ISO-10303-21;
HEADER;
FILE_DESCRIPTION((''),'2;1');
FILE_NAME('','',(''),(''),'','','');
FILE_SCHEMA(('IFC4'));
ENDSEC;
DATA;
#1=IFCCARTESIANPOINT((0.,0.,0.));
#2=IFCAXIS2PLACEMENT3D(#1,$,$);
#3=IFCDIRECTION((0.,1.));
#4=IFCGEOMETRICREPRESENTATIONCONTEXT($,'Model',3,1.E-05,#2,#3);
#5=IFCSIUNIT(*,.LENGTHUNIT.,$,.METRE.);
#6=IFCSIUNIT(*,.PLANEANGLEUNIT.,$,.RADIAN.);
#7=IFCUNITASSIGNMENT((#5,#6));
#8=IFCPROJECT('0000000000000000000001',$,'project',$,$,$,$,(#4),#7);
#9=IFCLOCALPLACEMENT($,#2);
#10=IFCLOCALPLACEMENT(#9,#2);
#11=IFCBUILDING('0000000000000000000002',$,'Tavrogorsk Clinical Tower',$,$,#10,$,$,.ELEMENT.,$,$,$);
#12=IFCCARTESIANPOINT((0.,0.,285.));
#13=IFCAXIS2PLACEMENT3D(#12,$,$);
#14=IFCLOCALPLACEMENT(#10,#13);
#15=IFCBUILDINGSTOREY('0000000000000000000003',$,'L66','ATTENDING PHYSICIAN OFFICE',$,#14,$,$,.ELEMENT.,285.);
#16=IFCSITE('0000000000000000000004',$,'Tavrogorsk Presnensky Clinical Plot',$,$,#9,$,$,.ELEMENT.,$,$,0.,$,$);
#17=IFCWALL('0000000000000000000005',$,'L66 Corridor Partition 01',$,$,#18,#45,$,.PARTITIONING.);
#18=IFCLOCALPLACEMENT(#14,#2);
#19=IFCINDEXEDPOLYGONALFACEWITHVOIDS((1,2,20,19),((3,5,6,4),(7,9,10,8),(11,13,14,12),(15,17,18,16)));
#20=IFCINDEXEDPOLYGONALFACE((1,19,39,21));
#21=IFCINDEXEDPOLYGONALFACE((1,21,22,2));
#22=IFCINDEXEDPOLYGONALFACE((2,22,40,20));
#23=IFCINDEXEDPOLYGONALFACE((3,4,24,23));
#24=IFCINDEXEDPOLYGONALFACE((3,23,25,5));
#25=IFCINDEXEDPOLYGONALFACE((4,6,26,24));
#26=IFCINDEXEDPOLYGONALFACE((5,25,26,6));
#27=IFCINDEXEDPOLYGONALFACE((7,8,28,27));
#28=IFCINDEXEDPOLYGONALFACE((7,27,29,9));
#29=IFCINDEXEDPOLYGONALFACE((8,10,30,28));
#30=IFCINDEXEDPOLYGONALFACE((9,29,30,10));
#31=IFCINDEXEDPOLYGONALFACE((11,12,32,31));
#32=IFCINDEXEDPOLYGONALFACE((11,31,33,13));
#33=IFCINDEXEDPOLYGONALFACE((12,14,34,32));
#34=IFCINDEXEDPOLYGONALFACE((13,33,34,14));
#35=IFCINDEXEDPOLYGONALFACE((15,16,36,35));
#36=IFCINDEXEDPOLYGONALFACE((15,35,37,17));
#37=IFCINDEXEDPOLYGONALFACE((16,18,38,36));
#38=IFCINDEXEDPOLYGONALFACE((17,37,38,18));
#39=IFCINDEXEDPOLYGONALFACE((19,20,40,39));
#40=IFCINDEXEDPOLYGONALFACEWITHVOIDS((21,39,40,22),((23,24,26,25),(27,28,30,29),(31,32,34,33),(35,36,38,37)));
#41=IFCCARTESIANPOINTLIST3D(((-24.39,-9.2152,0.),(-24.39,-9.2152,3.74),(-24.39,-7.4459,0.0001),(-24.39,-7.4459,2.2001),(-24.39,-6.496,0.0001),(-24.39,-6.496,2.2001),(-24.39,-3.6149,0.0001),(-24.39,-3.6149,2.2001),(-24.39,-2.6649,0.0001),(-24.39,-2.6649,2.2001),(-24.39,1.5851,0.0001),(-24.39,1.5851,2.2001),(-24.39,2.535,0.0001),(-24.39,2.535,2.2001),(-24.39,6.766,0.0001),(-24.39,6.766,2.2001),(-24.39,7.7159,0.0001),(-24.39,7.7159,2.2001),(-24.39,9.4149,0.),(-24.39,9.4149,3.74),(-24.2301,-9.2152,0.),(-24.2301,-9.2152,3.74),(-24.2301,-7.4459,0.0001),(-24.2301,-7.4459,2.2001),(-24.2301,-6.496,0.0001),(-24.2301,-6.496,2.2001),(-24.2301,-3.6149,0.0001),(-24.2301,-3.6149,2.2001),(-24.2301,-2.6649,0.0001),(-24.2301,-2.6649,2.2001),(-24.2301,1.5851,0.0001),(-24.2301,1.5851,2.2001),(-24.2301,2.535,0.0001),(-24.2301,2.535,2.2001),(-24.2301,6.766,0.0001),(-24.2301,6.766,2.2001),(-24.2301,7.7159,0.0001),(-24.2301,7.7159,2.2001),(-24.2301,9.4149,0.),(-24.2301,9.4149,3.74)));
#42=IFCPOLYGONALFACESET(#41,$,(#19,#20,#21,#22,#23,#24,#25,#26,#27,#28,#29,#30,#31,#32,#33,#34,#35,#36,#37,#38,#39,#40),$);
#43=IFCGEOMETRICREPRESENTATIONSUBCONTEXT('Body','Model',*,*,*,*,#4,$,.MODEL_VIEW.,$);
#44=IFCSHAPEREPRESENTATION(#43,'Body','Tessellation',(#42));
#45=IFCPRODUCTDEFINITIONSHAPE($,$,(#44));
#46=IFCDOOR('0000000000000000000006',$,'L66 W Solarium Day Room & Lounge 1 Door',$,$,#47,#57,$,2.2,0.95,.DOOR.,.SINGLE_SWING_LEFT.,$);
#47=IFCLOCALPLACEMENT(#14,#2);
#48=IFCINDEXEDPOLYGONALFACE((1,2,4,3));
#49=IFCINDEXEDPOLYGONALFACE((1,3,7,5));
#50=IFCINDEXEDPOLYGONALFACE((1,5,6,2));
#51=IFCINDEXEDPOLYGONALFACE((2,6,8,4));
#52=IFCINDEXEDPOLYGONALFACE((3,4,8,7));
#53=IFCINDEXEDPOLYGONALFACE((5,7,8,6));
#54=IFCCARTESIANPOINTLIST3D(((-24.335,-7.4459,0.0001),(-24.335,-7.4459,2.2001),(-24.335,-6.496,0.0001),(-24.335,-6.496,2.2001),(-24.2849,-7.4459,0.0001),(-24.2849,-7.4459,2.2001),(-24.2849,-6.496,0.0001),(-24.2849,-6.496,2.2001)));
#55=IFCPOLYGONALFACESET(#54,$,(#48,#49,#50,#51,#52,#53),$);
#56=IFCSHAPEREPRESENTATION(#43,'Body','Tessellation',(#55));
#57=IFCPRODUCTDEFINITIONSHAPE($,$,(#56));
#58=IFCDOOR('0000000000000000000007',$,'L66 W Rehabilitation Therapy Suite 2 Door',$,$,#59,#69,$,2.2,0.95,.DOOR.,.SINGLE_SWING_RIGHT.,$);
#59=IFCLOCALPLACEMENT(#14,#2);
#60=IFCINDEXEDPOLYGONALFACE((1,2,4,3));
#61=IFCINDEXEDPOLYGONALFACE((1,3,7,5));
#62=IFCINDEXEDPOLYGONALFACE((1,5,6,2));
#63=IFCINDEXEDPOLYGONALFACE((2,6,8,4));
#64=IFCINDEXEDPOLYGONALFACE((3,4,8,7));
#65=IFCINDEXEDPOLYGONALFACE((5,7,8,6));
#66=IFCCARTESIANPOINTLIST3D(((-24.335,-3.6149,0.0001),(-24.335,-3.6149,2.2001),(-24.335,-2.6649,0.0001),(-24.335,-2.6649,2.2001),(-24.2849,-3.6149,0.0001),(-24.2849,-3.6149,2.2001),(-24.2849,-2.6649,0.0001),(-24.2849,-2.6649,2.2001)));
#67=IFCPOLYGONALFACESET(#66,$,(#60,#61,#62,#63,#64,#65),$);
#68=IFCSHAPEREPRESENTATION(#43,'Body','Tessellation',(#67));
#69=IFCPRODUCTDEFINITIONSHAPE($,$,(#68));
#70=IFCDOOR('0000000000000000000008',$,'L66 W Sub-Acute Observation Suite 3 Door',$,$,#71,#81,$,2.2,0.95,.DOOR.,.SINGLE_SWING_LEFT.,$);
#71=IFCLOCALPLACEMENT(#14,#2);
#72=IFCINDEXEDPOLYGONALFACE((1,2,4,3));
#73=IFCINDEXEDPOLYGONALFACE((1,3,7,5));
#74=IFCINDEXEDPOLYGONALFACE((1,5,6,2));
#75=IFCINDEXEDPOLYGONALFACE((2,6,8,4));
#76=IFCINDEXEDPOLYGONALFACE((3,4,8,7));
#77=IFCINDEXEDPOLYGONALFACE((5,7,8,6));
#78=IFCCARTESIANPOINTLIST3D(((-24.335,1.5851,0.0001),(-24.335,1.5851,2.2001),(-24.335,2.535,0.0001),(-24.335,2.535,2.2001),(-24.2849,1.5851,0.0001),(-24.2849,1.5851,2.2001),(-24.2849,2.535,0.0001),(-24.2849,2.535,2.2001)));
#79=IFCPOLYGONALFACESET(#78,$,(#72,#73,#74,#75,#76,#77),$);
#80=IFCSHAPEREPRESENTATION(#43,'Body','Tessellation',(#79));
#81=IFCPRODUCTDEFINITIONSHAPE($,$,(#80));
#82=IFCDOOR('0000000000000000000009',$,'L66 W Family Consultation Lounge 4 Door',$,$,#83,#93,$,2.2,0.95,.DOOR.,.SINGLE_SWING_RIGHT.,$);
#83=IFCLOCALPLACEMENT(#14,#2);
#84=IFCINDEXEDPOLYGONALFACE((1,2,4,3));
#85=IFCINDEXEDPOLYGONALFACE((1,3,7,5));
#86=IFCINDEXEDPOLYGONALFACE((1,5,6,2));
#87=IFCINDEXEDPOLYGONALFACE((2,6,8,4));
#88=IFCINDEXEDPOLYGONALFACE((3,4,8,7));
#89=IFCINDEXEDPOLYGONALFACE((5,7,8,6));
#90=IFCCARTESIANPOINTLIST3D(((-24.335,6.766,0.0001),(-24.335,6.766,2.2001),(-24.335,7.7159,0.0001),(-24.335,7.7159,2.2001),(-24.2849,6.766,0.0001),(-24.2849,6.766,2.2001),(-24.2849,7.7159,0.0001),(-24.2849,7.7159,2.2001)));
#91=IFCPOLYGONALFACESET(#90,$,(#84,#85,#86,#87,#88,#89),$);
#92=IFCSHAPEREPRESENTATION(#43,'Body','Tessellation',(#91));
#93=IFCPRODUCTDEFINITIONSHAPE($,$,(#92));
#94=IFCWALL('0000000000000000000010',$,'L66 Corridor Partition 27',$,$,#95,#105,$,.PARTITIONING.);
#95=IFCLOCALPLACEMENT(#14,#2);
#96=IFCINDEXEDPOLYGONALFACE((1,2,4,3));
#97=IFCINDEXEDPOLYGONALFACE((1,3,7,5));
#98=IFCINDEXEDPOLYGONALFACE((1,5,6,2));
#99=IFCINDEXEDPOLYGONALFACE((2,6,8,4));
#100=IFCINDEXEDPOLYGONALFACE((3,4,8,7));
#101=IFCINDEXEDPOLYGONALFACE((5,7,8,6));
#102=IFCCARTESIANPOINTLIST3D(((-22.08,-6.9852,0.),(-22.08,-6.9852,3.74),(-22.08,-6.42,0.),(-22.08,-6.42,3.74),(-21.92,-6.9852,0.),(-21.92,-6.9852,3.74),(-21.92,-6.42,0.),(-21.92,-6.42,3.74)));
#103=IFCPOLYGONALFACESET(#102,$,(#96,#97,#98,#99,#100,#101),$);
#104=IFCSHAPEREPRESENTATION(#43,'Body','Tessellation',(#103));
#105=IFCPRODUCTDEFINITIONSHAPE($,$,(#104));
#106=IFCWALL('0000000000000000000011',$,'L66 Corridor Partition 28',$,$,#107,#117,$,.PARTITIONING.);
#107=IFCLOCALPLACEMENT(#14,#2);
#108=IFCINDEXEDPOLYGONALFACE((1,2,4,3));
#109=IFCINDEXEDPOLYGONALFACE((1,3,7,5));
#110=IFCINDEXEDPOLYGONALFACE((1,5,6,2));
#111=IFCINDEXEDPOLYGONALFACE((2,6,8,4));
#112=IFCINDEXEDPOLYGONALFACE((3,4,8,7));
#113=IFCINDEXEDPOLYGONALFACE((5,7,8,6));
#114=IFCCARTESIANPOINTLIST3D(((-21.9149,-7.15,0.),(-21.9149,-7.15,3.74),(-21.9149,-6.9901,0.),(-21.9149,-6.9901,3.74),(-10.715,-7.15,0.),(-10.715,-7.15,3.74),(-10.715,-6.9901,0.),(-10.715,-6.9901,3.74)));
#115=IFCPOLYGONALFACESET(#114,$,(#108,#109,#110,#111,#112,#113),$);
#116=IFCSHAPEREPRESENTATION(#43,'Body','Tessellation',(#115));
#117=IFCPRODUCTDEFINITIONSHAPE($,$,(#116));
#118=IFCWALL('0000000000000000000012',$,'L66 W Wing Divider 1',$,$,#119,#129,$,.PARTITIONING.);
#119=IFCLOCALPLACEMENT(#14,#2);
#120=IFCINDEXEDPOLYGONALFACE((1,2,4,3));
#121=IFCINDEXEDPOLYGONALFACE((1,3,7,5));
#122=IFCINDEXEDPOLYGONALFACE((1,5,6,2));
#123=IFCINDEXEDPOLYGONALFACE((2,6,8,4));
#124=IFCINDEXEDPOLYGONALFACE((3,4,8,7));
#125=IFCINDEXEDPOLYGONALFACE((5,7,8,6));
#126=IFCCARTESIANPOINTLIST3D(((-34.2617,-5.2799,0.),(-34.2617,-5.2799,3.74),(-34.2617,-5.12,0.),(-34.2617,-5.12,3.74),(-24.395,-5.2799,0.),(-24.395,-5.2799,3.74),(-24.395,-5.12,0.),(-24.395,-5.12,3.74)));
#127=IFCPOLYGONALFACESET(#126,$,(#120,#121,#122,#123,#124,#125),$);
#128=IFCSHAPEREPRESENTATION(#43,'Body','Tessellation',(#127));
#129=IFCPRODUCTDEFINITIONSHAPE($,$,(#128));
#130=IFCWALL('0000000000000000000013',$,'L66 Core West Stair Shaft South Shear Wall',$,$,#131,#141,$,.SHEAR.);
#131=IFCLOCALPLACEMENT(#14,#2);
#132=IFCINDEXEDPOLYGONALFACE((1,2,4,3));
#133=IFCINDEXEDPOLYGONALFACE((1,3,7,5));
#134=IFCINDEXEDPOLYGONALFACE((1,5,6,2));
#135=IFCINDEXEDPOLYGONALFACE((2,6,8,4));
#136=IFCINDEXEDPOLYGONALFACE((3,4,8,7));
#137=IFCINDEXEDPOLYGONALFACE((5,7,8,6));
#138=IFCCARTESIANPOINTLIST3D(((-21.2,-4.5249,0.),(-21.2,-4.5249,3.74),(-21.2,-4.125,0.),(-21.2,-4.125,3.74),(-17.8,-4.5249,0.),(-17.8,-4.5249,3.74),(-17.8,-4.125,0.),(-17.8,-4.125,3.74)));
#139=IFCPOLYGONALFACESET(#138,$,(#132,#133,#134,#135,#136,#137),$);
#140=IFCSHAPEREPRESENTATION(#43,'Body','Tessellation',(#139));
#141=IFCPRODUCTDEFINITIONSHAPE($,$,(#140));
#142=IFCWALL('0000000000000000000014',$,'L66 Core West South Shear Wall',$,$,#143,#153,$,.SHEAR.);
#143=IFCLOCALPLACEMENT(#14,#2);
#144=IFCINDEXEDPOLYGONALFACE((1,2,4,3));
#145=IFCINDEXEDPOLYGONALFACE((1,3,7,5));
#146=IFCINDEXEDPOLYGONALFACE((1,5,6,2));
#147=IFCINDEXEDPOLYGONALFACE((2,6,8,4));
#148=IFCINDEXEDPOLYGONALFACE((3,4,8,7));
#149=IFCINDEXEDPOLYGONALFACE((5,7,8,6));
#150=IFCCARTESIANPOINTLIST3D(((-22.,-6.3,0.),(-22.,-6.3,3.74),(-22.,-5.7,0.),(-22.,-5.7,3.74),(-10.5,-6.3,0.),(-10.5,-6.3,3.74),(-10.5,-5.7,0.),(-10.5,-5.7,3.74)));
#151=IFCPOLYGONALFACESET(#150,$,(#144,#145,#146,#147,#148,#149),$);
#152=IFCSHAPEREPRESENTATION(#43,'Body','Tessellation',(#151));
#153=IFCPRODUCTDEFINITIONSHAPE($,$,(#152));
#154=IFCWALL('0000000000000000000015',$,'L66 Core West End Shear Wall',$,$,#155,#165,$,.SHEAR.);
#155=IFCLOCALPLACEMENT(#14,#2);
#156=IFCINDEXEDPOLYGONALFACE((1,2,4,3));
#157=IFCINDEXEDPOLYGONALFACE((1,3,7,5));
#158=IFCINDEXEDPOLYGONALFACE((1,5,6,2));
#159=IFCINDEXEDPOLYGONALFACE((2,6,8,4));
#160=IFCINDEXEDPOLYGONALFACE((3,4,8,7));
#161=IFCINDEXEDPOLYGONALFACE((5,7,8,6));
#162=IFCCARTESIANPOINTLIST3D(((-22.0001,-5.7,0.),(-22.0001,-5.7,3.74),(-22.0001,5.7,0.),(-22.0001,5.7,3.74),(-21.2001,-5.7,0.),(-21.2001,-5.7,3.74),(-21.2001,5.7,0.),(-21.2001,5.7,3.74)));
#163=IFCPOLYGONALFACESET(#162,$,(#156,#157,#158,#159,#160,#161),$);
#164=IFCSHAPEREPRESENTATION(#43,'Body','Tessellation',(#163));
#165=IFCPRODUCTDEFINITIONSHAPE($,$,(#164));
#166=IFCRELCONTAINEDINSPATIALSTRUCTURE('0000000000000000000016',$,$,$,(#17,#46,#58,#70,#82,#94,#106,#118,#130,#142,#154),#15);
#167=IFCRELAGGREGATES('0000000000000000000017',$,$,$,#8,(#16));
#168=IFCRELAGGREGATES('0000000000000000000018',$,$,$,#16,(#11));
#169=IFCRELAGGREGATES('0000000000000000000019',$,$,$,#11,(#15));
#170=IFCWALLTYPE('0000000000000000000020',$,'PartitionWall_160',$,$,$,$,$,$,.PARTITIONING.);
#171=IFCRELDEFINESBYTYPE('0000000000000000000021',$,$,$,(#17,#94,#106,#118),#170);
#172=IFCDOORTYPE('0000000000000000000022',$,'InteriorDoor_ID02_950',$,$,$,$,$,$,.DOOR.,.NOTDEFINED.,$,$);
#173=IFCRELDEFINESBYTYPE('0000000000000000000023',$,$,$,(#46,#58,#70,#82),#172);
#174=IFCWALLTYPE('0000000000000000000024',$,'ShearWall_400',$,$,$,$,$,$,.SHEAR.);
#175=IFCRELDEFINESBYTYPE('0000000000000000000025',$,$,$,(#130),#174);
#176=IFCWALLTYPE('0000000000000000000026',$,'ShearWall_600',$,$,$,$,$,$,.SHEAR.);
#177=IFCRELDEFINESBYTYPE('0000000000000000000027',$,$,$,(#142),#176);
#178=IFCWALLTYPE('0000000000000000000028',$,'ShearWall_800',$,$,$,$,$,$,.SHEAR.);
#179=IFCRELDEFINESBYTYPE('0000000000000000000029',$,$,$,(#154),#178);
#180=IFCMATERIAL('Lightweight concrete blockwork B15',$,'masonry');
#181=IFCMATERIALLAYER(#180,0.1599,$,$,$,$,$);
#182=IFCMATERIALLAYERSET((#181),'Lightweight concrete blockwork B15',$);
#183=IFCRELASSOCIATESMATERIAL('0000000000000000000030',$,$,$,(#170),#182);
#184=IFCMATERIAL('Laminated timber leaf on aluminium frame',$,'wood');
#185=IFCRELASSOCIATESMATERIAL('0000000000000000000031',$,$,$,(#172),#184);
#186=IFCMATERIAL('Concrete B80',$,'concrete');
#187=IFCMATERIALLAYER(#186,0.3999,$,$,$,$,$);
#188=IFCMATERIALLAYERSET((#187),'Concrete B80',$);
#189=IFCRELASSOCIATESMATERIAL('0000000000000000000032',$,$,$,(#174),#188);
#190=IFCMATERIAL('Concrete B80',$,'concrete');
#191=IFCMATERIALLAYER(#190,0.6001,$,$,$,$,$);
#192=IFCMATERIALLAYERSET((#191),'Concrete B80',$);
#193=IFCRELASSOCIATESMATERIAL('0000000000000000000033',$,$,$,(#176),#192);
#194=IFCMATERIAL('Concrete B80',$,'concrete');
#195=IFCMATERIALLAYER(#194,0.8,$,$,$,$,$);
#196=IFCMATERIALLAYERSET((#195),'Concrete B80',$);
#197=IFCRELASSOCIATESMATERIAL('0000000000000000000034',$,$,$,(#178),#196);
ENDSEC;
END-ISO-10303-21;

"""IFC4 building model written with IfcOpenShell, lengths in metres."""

from ifc_helpers import new_model, si_unit, direction, frame, frame_2d, origin, place, context, subcontext, project, spatial, rectangle, extrude, material, layer, layer_set, type_object, element, fill, save


model = new_model("IFC4")

# Units and contexts
model_context = context("Model", 3, precision=1e-05, world=origin(), true_north=direction((0.0, 1.0)))
body_context = subcontext(model_context, "Body", "Model", "MODEL_VIEW")
ifc_project = project(units=[si_unit("LENGTHUNIT", "METRE"), si_unit("PLANEANGLEUNIT", "RADIAN")], contexts=[model_context])

# Site, building, storey
site_placement = place(None, origin())
site = spatial("IfcSite", under=ifc_project, at=site_placement, Name="Tavrogorsk Presnensky Clinical Plot", CompositionType="ELEMENT", RefElevation=0.0)
building_placement = place(site_placement, origin())
building = spatial("IfcBuilding", under=site, at=building_placement, Name="Tavrogorsk Clinical Tower", CompositionType="ELEMENT")
storey_placement = place(building_placement, frame((0.0, 0.0, 285.0)))
storey = spatial("IfcBuildingStorey", under=building, at=storey_placement, Name="L66", Description="ATTENDING PHYSICIAN OFFICE", CompositionType="ELEMENT", Elevation=285.0)

# Wall, openings, doors
ifc_material_1 = material(Name="Lightweight concrete blockwork B15", Category="masonry")
ifc_layer_1 = layer(ifc_material_1, 0.1599)
ifc_layer_set_1 = layer_set([ifc_layer_1], Name="Lightweight concrete blockwork B15")
wall_type_1 = type_object("IfcWallType", Name="PartitionWall_160", PredefinedType="PARTITIONING", material=ifc_layer_set_1)
wall_1_placement = place(storey_placement, frame((-24.3101, -9.2151, 0.0), z_axis=(0.0, 0.0, 1.0), x_axis=(0.0, 1.0, 0.0)))
wall_1 = element("IfcWall", 1, at=wall_1_placement, inside=storey, type_object=wall_type_1, Name="L66 Corridor Partition 01", PredefinedType="PARTITIONING", context=body_context, shape_type="SweptSolid", body=[
    extrude(rectangle(XDim=18.6301, YDim=0.1599, at=frame_2d((9.3149, 0.0))), origin(), (0.0, 0.0, 1.0), 3.74),
])
opening_1_placement = place(wall_1_placement, frame((1.769, 0.0, 0.0)))
opening_1 = element("IfcOpeningElement", 2, at=opening_1_placement, cuts=wall_1, PredefinedType="OPENING", context=body_context, shape_type="SweptSolid", body=[
    extrude(rectangle(XDim=0.95, YDim=2.2, at=frame_2d((0.4751, 1.1001))), frame((0.0, 0.0898, 0.0), z_axis=(0.0, -1.0, 0.0), x_axis=(1.0, 0.0, 0.0)), (0.0, 0.0, 1.0), 0.1799),
])
opening_2_placement = place(wall_1_placement, frame((5.6001, 0.0, 0.0)))
opening_2 = element("IfcOpeningElement", 3, at=opening_2_placement, cuts=wall_1, PredefinedType="OPENING", context=body_context, shape_type="SweptSolid", body=[
    extrude(rectangle(XDim=0.95, YDim=2.2, at=frame_2d((0.4751, 1.1001))), frame((0.0, 0.0898, 0.0), z_axis=(0.0, -1.0, 0.0), x_axis=(1.0, 0.0, 0.0)), (0.0, 0.0, 1.0), 0.1799),
])
opening_3_placement = place(wall_1_placement, frame((10.8, 0.0, 0.0)))
opening_3 = element("IfcOpeningElement", 4, at=opening_3_placement, cuts=wall_1, PredefinedType="OPENING", context=body_context, shape_type="SweptSolid", body=[
    extrude(rectangle(XDim=0.95, YDim=2.2, at=frame_2d((0.4751, 1.1001))), frame((0.0, 0.0898, 0.0), z_axis=(0.0, -1.0, 0.0), x_axis=(1.0, 0.0, 0.0)), (0.0, 0.0, 1.0), 0.1799),
])
opening_4_placement = place(wall_1_placement, frame((15.981, 0.0, 0.0)))
opening_4 = element("IfcOpeningElement", 5, at=opening_4_placement, cuts=wall_1, PredefinedType="OPENING", context=body_context, shape_type="SweptSolid", body=[
    extrude(rectangle(XDim=0.95, YDim=2.2, at=frame_2d((0.4751, 1.1001))), frame((0.0, 0.0898, 0.0), z_axis=(0.0, -1.0, 0.0), x_axis=(1.0, 0.0, 0.0)), (0.0, 0.0, 1.0), 0.1799),
])
ifc_material_2 = material(Name="Laminated timber leaf on aluminium frame", Category="wood")
door_type = type_object("IfcDoorType", Name="InteriorDoor_ID02_950", OperationType="NOTDEFINED", PredefinedType="DOOR", material=ifc_material_2)
door_1_placement = place(opening_1_placement, origin())
door_1 = element("IfcDoor", 6, at=door_1_placement, inside=storey, type_object=door_type, Name="L66 W Solarium Day Room & Lounge 1 Door", OperationType="SINGLE_SWING_LEFT", OverallHeight=2.2, OverallWidth=0.95, PredefinedType="DOOR", context=body_context, shape_type="SweptSolid", body=[
    extrude(rectangle(XDim=0.95, YDim=2.2, at=frame_2d((0.4751, 1.1001))), frame((0.0, 0.0249, 0.0), z_axis=(0.0, -1.0, 0.0), x_axis=(1.0, 0.0, 0.0)), (0.0, 0.0, 1.0), 0.05),
])
fill(opening_1, door_1)
door_2_placement = place(opening_2_placement, origin())
door_2 = element("IfcDoor", 7, at=door_2_placement, inside=storey, type_object=door_type, Name="L66 W Rehabilitation Therapy Suite 2 Door", OperationType="SINGLE_SWING_RIGHT", OverallHeight=2.2, OverallWidth=0.95, PredefinedType="DOOR", context=body_context, shape_type="SweptSolid", body=[
    extrude(rectangle(XDim=0.95, YDim=2.2, at=frame_2d((0.4751, 1.1001))), frame((0.0, 0.0249, 0.0), z_axis=(0.0, -1.0, 0.0), x_axis=(1.0, 0.0, 0.0)), (0.0, 0.0, 1.0), 0.05),
])
fill(opening_2, door_2)
door_3_placement = place(opening_3_placement, origin())
door_3 = element("IfcDoor", 8, at=door_3_placement, inside=storey, type_object=door_type, Name="L66 W Sub-Acute Observation Suite 3 Door", OperationType="SINGLE_SWING_LEFT", OverallHeight=2.2, OverallWidth=0.95, PredefinedType="DOOR", context=body_context, shape_type="SweptSolid", body=[
    extrude(rectangle(XDim=0.95, YDim=2.2, at=frame_2d((0.4751, 1.1001))), frame((0.0, 0.0249, 0.0), z_axis=(0.0, -1.0, 0.0), x_axis=(1.0, 0.0, 0.0)), (0.0, 0.0, 1.0), 0.05),
])
fill(opening_3, door_3)
door_4_placement = place(opening_4_placement, origin())
door_4 = element("IfcDoor", 9, at=door_4_placement, inside=storey, type_object=door_type, Name="L66 W Family Consultation Lounge 4 Door", OperationType="SINGLE_SWING_RIGHT", OverallHeight=2.2, OverallWidth=0.95, PredefinedType="DOOR", context=body_context, shape_type="SweptSolid", body=[
    extrude(rectangle(XDim=0.95, YDim=2.2, at=frame_2d((0.4751, 1.1001))), frame((0.0, 0.0249, 0.0), z_axis=(0.0, -1.0, 0.0), x_axis=(1.0, 0.0, 0.0)), (0.0, 0.0, 1.0), 0.05),
])
fill(opening_4, door_4)

# Walls
wall_2_placement = place(storey_placement, frame((-22.0, -6.4199, 0.0), z_axis=(0.0, 0.0, 1.0), x_axis=(0.0, -1.0, 0.0)))
element("IfcWall", 10, at=wall_2_placement, inside=storey, type_object=wall_type_1, Name="L66 Corridor Partition 27", PredefinedType="PARTITIONING", context=body_context, shape_type="SweptSolid", body=[
    extrude(rectangle(XDim=0.5652, YDim=0.1599, at=frame_2d((0.2827, 0.0))), origin(), (0.0, 0.0, 1.0), 3.74),
])
wall_3_placement = place(storey_placement, frame((-21.915, -7.0701, 0.0), z_axis=(0.0, 0.0, 1.0), x_axis=(1.0, 0.0, 0.0)))
element("IfcWall", 11, at=wall_3_placement, inside=storey, type_object=wall_type_1, Name="L66 Corridor Partition 28", PredefinedType="PARTITIONING", context=body_context, shape_type="SweptSolid", body=[
    extrude(rectangle(XDim=11.2, YDim=0.1599, at=frame_2d((5.6001, 0.0))), origin(), (0.0, 0.0, 1.0), 3.74),
])
wall_4_placement = place(storey_placement, frame((-34.2617, -5.2, 0.0), z_axis=(0.0, 0.0, 1.0), x_axis=(1.0, 0.0, 0.0)))
element("IfcWall", 12, at=wall_4_placement, inside=storey, type_object=wall_type_1, Name="L66 W Wing Divider 1", PredefinedType="PARTITIONING", context=body_context, shape_type="SweptSolid", body=[
    extrude(rectangle(XDim=9.8667, YDim=0.1599, at=frame_2d((4.9333, 0.0))), origin(), (0.0, 0.0, 1.0), 3.74),
])
ifc_material_3 = material(Name="Concrete B80", Category="concrete")
ifc_layer_2 = layer(ifc_material_3, 0.3999)
ifc_layer_set_2 = layer_set([ifc_layer_2], Name="Concrete B80")
wall_type_2 = type_object("IfcWallType", Name="ShearWall_400", PredefinedType="SHEAR", material=ifc_layer_set_2)
wall_5_placement = place(storey_placement, frame((-21.2, -4.325, 0.0), z_axis=(0.0, 0.0, 1.0), x_axis=(1.0, 0.0, 0.0)))
element("IfcWall", 13, at=wall_5_placement, inside=storey, type_object=wall_type_2, Name="L66 Core West Stair Shaft South Shear Wall", PredefinedType="SHEAR", context=body_context, shape_type="SweptSolid", body=[
    extrude(rectangle(XDim=3.3999, YDim=0.3999, at=frame_2d((1.7, 0.0))), origin(), (0.0, 0.0, 1.0), 3.74),
])
ifc_material_4 = material(Name="Concrete B80", Category="concrete")
ifc_layer_3 = layer(ifc_material_4, 0.6001)
ifc_layer_set_3 = layer_set([ifc_layer_3], Name="Concrete B80")
wall_type_3 = type_object("IfcWallType", Name="ShearWall_600", PredefinedType="SHEAR", material=ifc_layer_set_3)
wall_6_placement = place(storey_placement, frame((-22.0, -6.0, 0.0), z_axis=(0.0, 0.0, 1.0), x_axis=(1.0, 0.0, 0.0)))
element("IfcWall", 14, at=wall_6_placement, inside=storey, type_object=wall_type_3, Name="L66 Core West South Shear Wall", PredefinedType="SHEAR", context=body_context, shape_type="SweptSolid", body=[
    extrude(rectangle(XDim=11.5, YDim=0.6001, at=frame_2d((5.75, 0.0))), origin(), (0.0, 0.0, 1.0), 3.74),
])
ifc_material_5 = material(Name="Concrete B80", Category="concrete")
ifc_layer_4 = layer(ifc_material_5, 0.8)
ifc_layer_set_4 = layer_set([ifc_layer_4], Name="Concrete B80")
wall_type_4 = type_object("IfcWallType", Name="ShearWall_800", PredefinedType="SHEAR", material=ifc_layer_set_4)
wall_7_placement = place(storey_placement, frame((-21.6001, -5.7, 0.0), z_axis=(0.0, 0.0, 1.0), x_axis=(0.0, 1.0, 0.0)))
element("IfcWall", 15, at=wall_7_placement, inside=storey, type_object=wall_type_4, Name="L66 Core West End Shear Wall", PredefinedType="SHEAR", context=body_context, shape_type="SweptSolid", body=[
    extrude(rectangle(XDim=11.3999, YDim=0.8, at=frame_2d((5.7, 0.0))), origin(), (0.0, 0.0, 1.0), 3.74),
])

save(model, "model.ifc")
